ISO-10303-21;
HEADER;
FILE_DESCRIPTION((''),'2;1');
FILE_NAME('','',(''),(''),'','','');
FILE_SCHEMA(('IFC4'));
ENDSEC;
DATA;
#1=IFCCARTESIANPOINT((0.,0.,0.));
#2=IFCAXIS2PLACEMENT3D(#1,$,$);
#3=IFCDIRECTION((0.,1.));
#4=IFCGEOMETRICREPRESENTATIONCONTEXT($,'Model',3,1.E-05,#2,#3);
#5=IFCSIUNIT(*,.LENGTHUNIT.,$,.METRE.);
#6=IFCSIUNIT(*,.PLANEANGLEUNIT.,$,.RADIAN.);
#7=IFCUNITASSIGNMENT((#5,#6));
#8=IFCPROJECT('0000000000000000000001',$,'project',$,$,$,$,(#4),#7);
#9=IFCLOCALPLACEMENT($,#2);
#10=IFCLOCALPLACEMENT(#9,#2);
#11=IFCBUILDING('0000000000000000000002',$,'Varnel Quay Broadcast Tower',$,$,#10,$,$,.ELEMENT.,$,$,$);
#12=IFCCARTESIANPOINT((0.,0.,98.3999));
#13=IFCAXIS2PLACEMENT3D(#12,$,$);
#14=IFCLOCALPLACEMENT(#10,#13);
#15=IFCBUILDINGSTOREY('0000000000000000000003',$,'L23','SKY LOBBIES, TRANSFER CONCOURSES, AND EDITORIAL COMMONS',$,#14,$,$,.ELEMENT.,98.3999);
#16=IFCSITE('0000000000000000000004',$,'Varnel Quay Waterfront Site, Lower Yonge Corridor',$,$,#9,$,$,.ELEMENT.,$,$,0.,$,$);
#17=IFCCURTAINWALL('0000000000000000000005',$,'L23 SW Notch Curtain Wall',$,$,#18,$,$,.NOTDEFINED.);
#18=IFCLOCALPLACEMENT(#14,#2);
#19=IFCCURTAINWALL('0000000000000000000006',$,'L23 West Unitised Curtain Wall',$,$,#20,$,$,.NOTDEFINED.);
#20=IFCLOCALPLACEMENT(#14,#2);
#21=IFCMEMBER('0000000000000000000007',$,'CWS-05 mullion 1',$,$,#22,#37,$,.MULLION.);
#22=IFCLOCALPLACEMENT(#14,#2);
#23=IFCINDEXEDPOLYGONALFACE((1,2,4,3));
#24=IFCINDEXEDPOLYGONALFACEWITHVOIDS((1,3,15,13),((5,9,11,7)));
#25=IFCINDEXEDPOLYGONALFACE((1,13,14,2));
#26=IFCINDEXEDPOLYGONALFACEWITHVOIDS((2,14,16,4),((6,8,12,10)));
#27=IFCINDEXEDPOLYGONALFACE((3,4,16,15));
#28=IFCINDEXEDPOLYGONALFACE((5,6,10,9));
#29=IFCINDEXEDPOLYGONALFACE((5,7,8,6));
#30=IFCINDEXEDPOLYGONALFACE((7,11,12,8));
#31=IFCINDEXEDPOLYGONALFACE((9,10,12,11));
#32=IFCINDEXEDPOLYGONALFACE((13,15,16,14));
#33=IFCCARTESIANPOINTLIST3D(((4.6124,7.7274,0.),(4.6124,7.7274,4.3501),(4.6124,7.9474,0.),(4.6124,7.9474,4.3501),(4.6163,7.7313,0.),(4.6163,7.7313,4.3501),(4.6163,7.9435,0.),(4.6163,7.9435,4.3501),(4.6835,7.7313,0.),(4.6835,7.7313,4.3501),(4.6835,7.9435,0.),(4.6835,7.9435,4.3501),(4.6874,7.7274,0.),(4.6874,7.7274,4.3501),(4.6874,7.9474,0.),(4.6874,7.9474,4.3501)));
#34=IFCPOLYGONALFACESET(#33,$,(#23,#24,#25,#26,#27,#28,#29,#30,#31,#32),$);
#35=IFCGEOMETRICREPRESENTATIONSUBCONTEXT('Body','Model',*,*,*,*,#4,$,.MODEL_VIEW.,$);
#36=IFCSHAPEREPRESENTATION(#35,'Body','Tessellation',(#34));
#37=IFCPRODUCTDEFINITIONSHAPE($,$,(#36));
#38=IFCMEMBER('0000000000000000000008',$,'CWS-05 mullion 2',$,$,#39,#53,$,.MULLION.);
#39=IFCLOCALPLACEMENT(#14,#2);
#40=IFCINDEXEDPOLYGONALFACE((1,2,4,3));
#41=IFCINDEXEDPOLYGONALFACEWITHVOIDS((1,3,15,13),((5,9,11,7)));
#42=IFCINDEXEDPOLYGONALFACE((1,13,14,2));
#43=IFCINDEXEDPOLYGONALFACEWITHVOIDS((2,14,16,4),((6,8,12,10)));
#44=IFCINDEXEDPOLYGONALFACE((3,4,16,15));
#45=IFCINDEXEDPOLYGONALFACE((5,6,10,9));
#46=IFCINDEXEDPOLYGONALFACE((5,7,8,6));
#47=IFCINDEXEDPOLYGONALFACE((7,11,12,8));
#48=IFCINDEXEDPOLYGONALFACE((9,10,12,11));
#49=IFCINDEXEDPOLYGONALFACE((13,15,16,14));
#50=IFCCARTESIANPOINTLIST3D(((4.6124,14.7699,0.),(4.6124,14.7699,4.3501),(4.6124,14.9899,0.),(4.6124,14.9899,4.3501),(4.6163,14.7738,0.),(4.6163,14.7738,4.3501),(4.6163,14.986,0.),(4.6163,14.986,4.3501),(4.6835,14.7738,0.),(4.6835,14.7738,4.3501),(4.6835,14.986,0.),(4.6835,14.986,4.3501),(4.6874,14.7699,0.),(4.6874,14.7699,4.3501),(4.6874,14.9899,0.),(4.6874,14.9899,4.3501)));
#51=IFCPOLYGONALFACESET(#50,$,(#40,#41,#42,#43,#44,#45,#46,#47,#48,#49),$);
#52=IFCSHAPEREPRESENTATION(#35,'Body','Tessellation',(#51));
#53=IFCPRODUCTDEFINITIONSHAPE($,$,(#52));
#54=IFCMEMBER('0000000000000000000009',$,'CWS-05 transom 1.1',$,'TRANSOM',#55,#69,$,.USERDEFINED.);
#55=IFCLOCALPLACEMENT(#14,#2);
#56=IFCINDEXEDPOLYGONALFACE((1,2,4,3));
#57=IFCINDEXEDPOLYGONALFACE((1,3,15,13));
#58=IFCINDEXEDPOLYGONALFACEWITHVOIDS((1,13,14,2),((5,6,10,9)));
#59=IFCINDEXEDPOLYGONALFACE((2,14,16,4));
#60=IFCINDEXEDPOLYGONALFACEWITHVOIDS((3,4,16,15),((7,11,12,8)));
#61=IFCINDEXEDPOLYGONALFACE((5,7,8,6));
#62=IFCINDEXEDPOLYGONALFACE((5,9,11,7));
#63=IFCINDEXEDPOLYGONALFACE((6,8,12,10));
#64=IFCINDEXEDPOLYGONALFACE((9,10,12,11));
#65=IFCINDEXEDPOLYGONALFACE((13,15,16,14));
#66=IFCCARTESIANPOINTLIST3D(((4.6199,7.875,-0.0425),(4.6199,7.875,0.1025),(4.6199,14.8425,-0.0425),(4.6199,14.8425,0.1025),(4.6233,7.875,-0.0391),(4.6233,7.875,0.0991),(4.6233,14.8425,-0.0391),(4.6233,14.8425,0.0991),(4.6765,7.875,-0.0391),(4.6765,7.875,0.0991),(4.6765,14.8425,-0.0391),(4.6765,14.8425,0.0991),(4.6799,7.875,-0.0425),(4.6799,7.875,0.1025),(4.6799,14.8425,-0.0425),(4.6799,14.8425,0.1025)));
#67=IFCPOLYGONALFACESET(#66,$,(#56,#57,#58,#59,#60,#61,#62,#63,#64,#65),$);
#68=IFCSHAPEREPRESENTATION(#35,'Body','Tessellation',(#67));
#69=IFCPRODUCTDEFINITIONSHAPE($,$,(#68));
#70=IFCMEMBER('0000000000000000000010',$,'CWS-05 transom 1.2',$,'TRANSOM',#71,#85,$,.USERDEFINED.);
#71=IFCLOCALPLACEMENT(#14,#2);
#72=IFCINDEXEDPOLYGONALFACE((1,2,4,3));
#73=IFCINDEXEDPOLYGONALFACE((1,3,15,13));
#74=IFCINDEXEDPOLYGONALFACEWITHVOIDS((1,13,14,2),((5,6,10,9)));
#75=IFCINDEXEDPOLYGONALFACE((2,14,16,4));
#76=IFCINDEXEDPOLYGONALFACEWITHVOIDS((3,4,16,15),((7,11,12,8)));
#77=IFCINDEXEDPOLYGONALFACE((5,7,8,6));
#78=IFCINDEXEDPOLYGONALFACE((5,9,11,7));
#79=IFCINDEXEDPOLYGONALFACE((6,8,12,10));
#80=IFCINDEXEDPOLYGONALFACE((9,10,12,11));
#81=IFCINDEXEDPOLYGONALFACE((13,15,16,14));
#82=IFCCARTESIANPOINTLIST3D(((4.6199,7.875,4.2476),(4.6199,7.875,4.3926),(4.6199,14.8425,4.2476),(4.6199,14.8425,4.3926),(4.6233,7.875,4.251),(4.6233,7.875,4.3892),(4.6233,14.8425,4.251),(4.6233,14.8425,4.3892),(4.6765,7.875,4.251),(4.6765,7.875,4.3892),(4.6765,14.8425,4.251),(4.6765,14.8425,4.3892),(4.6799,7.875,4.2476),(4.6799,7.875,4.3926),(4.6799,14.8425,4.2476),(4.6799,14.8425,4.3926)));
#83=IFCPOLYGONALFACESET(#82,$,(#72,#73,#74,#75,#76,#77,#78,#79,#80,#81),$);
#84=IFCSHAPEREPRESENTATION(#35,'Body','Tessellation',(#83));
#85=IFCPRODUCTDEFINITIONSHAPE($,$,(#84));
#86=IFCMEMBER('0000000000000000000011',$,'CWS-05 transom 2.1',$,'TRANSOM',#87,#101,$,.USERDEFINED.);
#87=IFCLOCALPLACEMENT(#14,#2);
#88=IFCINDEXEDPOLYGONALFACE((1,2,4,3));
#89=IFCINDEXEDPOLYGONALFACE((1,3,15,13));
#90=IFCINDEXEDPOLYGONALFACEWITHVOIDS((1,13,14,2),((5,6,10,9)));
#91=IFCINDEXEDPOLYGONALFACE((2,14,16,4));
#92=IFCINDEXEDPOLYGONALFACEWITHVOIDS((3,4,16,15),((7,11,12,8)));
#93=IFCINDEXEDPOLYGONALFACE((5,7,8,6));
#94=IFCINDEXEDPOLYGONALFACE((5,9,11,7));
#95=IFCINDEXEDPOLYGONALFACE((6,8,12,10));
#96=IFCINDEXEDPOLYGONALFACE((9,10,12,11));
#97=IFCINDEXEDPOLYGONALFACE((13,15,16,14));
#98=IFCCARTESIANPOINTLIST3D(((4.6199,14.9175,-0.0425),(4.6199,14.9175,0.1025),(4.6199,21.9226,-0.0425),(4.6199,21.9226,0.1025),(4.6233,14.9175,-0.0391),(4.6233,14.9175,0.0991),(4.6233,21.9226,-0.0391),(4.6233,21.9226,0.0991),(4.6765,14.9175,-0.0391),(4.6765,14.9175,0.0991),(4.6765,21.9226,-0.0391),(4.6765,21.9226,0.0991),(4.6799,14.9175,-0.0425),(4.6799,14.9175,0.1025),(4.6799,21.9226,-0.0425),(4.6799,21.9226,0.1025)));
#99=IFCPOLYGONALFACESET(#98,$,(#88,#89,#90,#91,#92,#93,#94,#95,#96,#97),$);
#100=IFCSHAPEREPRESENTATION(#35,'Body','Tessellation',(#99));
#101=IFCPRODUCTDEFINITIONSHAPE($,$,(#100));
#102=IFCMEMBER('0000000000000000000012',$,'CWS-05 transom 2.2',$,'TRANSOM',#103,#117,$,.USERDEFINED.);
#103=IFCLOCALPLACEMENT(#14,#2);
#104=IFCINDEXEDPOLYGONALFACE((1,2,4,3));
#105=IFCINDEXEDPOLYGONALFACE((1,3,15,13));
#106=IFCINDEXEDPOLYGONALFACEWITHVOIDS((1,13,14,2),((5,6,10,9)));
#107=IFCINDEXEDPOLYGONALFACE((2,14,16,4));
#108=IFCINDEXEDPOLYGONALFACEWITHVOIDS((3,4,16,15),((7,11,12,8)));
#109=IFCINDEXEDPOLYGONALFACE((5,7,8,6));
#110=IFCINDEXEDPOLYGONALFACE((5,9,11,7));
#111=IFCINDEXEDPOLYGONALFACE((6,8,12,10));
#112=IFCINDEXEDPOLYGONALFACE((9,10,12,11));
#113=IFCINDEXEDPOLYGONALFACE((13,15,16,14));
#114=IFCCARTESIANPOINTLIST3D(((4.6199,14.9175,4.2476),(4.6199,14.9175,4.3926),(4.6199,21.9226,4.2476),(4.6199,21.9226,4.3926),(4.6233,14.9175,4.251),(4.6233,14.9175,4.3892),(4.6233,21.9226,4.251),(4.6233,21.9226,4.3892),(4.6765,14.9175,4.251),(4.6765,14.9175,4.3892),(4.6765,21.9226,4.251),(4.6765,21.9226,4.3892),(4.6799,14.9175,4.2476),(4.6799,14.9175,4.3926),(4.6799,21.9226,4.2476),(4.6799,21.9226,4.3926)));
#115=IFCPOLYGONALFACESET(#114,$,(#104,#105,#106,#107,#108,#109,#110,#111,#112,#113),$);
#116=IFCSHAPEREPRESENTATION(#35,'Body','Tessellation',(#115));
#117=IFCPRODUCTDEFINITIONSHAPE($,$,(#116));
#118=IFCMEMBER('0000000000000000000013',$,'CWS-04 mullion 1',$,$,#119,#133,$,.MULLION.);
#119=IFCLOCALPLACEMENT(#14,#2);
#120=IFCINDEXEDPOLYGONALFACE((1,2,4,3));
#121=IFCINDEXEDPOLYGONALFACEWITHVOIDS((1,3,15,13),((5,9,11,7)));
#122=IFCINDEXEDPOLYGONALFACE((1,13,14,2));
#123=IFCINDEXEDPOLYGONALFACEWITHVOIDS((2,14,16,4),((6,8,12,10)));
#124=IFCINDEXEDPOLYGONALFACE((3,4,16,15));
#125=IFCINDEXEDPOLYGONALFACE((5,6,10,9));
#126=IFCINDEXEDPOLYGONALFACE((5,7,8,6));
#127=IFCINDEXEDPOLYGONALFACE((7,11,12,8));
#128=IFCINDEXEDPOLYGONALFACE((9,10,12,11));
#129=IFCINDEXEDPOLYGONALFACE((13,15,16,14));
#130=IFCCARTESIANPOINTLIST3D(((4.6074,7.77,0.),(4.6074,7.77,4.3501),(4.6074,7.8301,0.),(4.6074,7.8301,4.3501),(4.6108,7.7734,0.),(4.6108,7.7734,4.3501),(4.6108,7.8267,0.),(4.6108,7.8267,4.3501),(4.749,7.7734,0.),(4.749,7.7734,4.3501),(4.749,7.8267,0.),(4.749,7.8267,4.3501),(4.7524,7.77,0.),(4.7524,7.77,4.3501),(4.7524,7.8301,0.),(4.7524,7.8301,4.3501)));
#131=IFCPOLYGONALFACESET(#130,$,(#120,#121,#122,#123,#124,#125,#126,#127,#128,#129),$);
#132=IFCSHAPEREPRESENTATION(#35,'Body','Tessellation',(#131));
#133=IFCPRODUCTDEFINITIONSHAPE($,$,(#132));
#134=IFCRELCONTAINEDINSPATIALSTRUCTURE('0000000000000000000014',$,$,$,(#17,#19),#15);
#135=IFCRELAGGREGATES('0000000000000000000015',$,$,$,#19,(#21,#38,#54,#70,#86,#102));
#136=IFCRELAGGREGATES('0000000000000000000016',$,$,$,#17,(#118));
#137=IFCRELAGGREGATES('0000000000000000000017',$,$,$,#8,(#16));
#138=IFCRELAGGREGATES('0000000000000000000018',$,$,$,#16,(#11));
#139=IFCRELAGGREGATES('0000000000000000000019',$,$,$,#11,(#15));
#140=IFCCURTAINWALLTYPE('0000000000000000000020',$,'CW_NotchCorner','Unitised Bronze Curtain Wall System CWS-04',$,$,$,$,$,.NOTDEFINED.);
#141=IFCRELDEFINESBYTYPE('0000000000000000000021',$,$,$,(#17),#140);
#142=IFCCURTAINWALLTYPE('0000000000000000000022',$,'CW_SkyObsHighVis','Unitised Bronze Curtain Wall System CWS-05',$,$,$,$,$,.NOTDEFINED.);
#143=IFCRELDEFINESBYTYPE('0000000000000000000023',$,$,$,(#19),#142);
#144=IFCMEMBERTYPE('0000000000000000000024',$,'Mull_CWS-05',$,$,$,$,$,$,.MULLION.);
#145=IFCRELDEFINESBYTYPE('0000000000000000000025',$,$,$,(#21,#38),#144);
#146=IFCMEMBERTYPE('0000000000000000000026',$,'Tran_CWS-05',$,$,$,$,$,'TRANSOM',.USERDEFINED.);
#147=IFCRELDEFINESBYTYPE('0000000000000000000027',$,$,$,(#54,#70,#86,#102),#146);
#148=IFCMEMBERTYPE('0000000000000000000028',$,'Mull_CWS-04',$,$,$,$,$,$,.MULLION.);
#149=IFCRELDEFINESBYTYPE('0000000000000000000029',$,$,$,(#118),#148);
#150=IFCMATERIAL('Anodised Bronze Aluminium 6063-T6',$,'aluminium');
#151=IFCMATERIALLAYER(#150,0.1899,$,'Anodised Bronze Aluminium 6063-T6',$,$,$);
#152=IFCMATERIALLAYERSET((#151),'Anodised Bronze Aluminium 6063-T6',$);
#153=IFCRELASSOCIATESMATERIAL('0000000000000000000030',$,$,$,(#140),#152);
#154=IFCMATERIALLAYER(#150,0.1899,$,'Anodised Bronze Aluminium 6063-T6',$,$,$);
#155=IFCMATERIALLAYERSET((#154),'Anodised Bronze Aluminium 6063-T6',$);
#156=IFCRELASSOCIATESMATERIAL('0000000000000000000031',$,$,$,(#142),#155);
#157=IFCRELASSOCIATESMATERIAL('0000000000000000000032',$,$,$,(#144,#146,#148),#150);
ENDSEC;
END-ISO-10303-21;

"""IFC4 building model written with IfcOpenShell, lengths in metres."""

from ifc_helpers import new_model, si_unit, direction, frame, origin, origin_2d, place, context, subcontext, project, spatial, hollow_rectangle, extrude, source, transform, mapped, material, layer, layer_set, material_profile, profile_set, type_object, type_shapes, element, aggregate, save


model = new_model("IFC4")

# Units and contexts
model_context = context("Model", 3, precision=1e-05, world=origin(), true_north=direction((0.0, 1.0)))
body_context = subcontext(model_context, "Body", "Model", "MODEL_VIEW")
ifc_project = project(units=[si_unit("LENGTHUNIT", "METRE"), si_unit("PLANEANGLEUNIT", "RADIAN")], contexts=[model_context])

# Site, building, storey
site_placement = place(None, origin())
site = spatial("IfcSite", under=ifc_project, at=site_placement, Name="Varnel Quay Waterfront Site, Lower Yonge Corridor", CompositionType="ELEMENT", RefElevation=0.0)
building_placement = place(site_placement, origin())
building = spatial("IfcBuilding", under=site, at=building_placement, Name="Varnel Quay Broadcast Tower", CompositionType="ELEMENT")
storey_placement = place(building_placement, frame((0.0, 0.0, 98.3999)))
storey = spatial("IfcBuildingStorey", under=building, at=storey_placement, Name="L23", Description="SKY LOBBIES, TRANSFER CONCOURSES, AND EDITORIAL COMMONS", CompositionType="ELEMENT", Elevation=98.3999)

# Curtain walls, members
ifc_material_1 = material(Name="Anodised Bronze Aluminium 6063-T6", Category="aluminium")
ifc_layer_1 = layer(ifc_material_1, 0.1899, Name="Anodised Bronze Aluminium 6063-T6")
ifc_layer_set_1 = layer_set([ifc_layer_1], Name="Anodised Bronze Aluminium 6063-T6")
curtain_wall_type_1 = type_object("IfcCurtainWallType", Name="CW_NotchCorner", Description="Unitised Bronze Curtain Wall System CWS-04", PredefinedType="NOTDEFINED", material=ifc_layer_set_1)
curtain_wall_1_placement = place(storey_placement, origin())
curtain_wall_1 = element("IfcCurtainWall", 1, at=curtain_wall_1_placement, inside=storey, type_object=curtain_wall_type_1, Name="L23 SW Notch Curtain Wall", PredefinedType="NOTDEFINED")
ifc_layer_2 = layer(ifc_material_1, 0.1899, Name="Anodised Bronze Aluminium 6063-T6")
ifc_layer_set_2 = layer_set([ifc_layer_2], Name="Anodised Bronze Aluminium 6063-T6")
curtain_wall_type_2 = type_object("IfcCurtainWallType", Name="CW_SkyObsHighVis", Description="Unitised Bronze Curtain Wall System CWS-05", PredefinedType="NOTDEFINED", material=ifc_layer_set_2)
curtain_wall_2_placement = place(storey_placement, origin())
curtain_wall_2 = element("IfcCurtainWall", 2, at=curtain_wall_2_placement, inside=storey, type_object=curtain_wall_type_2, Name="L23 West Unitised Curtain Wall", PredefinedType="NOTDEFINED")
ifc_material_profile_1 = material_profile(ifc_material_1, hollow_rectangle(XDim=0.075, YDim=0.22, WallThickness=0.0039, at=origin_2d()), Name="ALU75X220X4")
ifc_profile_set_1 = profile_set([ifc_material_profile_1], Name="Anodised Bronze Aluminium 6063-T6")
member_type_1 = type_object("IfcMemberType", Name="Mull_CWS-05", PredefinedType="MULLION", material=ifc_profile_set_1)
shared_shape_1 = source(origin(), body_context, "Body", "SweptSolid", [
    extrude(hollow_rectangle(XDim=0.075, YDim=0.22, WallThickness=0.0039, at=origin_2d()), origin(), (0.0, 0.0, 1.0), 4.3501),
])
type_shapes(member_type_1, [shared_shape_1])
member_1_placement = place(storey_placement, frame((4.6499, 7.8374, 0.0), z_axis=(0.0, 0.0, 1.0), x_axis=(-1.0, 0.0, 0.0)))
member_1 = element("IfcMember", 3, at=member_1_placement, type_object=member_type_1, Name="CWS-05 mullion 1", PredefinedType="MULLION", context=body_context, shape_type="MappedRepresentation", body=[
    mapped(shared_shape_1, transform((0.0, 0.0, 0.0), x_axis=(1.0, 0.0, 0.0), y_axis=(0.0, 1.0, 0.0), z_axis=(0.0, 0.0, 1.0), scale=1.0)),
])
member_2_placement = place(storey_placement, frame((4.6499, 14.8799, 0.0), z_axis=(0.0, 0.0, 1.0), x_axis=(-1.0, 0.0, 0.0)))
member_2 = element("IfcMember", 4, at=member_2_placement, type_object=member_type_1, Name="CWS-05 mullion 2", PredefinedType="MULLION", context=body_context, shape_type="MappedRepresentation", body=[
    mapped(shared_shape_1, transform((0.0, 0.0, 0.0), x_axis=(1.0, 0.0, 0.0), y_axis=(0.0, 1.0, 0.0), z_axis=(0.0, 0.0, 1.0), scale=1.0)),
])
ifc_material_profile_2 = material_profile(ifc_material_1, hollow_rectangle(XDim=0.0601, YDim=0.145, WallThickness=0.0034, at=origin_2d()), Name="ALU60X145X3.5")
ifc_profile_set_2 = profile_set([ifc_material_profile_2], Name="Anodised Bronze Aluminium 6063-T6")
member_type_2 = type_object("IfcMemberType", Name="Tran_CWS-05", ElementType="TRANSOM", PredefinedType="USERDEFINED", material=ifc_profile_set_2)
shared_shape_2 = source(origin(), body_context, "Body", "SweptSolid", [
    extrude(hollow_rectangle(XDim=0.0601, YDim=0.145, WallThickness=0.0034, at=origin_2d()), origin(), (0.0, 0.0, 1.0), 6.9675),
])
member_3_placement = place(storey_placement, frame((4.6499, 7.875, 0.03), z_axis=(0.0, 1.0, 0.0), x_axis=(-1.0, 0.0, 0.0)))
member_3 = element("IfcMember", 5, at=member_3_placement, type_object=member_type_2, Name="CWS-05 transom 1.1", ObjectType="TRANSOM", PredefinedType="USERDEFINED", context=body_context, shape_type="MappedRepresentation", body=[
    mapped(shared_shape_2, transform((0.0, 0.0, 0.0), x_axis=(1.0, 0.0, 0.0), y_axis=(0.0, 1.0, 0.0), z_axis=(0.0, 0.0, 1.0), scale=1.0)),
])
member_4_placement = place(storey_placement, frame((4.6499, 7.875, 4.3201), z_axis=(0.0, 1.0, 0.0), x_axis=(-1.0, 0.0, 0.0)))
member_4 = element("IfcMember", 6, at=member_4_placement, type_object=member_type_2, Name="CWS-05 transom 1.2", ObjectType="TRANSOM", PredefinedType="USERDEFINED", context=body_context, shape_type="MappedRepresentation", body=[
    mapped(shared_shape_2, transform((0.0, 0.0, 0.0), x_axis=(1.0, 0.0, 0.0), y_axis=(0.0, 1.0, 0.0), z_axis=(0.0, 0.0, 1.0), scale=1.0)),
])
shared_shape_3 = source(origin(), body_context, "Body", "SweptSolid", [
    extrude(hollow_rectangle(XDim=0.0601, YDim=0.145, WallThickness=0.0034, at=origin_2d()), origin(), (0.0, 0.0, 1.0), 7.0051),
])
type_shapes(member_type_2, [shared_shape_2, shared_shape_3])
member_5_placement = place(storey_placement, frame((4.6499, 14.9175, 0.03), z_axis=(0.0, 1.0, 0.0), x_axis=(-1.0, 0.0, 0.0)))
member_5 = element("IfcMember", 7, at=member_5_placement, type_object=member_type_2, Name="CWS-05 transom 2.1", ObjectType="TRANSOM", PredefinedType="USERDEFINED", context=body_context, shape_type="MappedRepresentation", body=[
    mapped(shared_shape_3, transform((0.0, 0.0, 0.0), x_axis=(1.0, 0.0, 0.0), y_axis=(0.0, 1.0, 0.0), z_axis=(0.0, 0.0, 1.0), scale=1.0)),
])
member_6_placement = place(storey_placement, frame((4.6499, 14.9175, 4.3201), z_axis=(0.0, 1.0, 0.0), x_axis=(-1.0, 0.0, 0.0)))
member_6 = element("IfcMember", 8, at=member_6_placement, type_object=member_type_2, Name="CWS-05 transom 2.2", ObjectType="TRANSOM", PredefinedType="USERDEFINED", context=body_context, shape_type="MappedRepresentation", body=[
    mapped(shared_shape_3, transform((0.0, 0.0, 0.0), x_axis=(1.0, 0.0, 0.0), y_axis=(0.0, 1.0, 0.0), z_axis=(0.0, 0.0, 1.0), scale=1.0)),
])

# Member
ifc_material_profile_3 = material_profile(ifc_material_1, hollow_rectangle(XDim=0.0601, YDim=0.145, WallThickness=0.0034, at=origin_2d()), Name="ALU60X145X3.5")
ifc_profile_set_3 = profile_set([ifc_material_profile_3], Name="Anodised Bronze Aluminium 6063-T6")
member_type_3 = type_object("IfcMemberType", Name="Mull_CWS-04", PredefinedType="MULLION", material=ifc_profile_set_3)
shared_shape_4 = source(origin(), body_context, "Body", "SweptSolid", [
    extrude(hollow_rectangle(XDim=0.0601, YDim=0.145, WallThickness=0.0034, at=origin_2d()), origin(), (0.0, 0.0, 1.0), 4.3501),
])
type_shapes(member_type_3, [shared_shape_4])
member_7_placement = place(storey_placement, frame((4.6799, 7.8, 0.0), z_axis=(0.0, 0.0, 1.0), x_axis=(0.0, 1.0, 0.0)))
member_7 = element("IfcMember", 9, at=member_7_placement, type_object=member_type_3, Name="CWS-04 mullion 1", PredefinedType="MULLION", context=body_context, shape_type="MappedRepresentation", body=[
    mapped(shared_shape_4, transform((0.0, 0.0, 0.0), x_axis=(1.0, 0.0, 0.0), y_axis=(0.0, 1.0, 0.0), z_axis=(0.0, 0.0, 1.0), scale=1.0)),
])

aggregate(curtain_wall_2, [member_1, member_2, member_3, member_4, member_5, member_6])
aggregate(curtain_wall_1, [member_7])

save(model, "model.ifc")
